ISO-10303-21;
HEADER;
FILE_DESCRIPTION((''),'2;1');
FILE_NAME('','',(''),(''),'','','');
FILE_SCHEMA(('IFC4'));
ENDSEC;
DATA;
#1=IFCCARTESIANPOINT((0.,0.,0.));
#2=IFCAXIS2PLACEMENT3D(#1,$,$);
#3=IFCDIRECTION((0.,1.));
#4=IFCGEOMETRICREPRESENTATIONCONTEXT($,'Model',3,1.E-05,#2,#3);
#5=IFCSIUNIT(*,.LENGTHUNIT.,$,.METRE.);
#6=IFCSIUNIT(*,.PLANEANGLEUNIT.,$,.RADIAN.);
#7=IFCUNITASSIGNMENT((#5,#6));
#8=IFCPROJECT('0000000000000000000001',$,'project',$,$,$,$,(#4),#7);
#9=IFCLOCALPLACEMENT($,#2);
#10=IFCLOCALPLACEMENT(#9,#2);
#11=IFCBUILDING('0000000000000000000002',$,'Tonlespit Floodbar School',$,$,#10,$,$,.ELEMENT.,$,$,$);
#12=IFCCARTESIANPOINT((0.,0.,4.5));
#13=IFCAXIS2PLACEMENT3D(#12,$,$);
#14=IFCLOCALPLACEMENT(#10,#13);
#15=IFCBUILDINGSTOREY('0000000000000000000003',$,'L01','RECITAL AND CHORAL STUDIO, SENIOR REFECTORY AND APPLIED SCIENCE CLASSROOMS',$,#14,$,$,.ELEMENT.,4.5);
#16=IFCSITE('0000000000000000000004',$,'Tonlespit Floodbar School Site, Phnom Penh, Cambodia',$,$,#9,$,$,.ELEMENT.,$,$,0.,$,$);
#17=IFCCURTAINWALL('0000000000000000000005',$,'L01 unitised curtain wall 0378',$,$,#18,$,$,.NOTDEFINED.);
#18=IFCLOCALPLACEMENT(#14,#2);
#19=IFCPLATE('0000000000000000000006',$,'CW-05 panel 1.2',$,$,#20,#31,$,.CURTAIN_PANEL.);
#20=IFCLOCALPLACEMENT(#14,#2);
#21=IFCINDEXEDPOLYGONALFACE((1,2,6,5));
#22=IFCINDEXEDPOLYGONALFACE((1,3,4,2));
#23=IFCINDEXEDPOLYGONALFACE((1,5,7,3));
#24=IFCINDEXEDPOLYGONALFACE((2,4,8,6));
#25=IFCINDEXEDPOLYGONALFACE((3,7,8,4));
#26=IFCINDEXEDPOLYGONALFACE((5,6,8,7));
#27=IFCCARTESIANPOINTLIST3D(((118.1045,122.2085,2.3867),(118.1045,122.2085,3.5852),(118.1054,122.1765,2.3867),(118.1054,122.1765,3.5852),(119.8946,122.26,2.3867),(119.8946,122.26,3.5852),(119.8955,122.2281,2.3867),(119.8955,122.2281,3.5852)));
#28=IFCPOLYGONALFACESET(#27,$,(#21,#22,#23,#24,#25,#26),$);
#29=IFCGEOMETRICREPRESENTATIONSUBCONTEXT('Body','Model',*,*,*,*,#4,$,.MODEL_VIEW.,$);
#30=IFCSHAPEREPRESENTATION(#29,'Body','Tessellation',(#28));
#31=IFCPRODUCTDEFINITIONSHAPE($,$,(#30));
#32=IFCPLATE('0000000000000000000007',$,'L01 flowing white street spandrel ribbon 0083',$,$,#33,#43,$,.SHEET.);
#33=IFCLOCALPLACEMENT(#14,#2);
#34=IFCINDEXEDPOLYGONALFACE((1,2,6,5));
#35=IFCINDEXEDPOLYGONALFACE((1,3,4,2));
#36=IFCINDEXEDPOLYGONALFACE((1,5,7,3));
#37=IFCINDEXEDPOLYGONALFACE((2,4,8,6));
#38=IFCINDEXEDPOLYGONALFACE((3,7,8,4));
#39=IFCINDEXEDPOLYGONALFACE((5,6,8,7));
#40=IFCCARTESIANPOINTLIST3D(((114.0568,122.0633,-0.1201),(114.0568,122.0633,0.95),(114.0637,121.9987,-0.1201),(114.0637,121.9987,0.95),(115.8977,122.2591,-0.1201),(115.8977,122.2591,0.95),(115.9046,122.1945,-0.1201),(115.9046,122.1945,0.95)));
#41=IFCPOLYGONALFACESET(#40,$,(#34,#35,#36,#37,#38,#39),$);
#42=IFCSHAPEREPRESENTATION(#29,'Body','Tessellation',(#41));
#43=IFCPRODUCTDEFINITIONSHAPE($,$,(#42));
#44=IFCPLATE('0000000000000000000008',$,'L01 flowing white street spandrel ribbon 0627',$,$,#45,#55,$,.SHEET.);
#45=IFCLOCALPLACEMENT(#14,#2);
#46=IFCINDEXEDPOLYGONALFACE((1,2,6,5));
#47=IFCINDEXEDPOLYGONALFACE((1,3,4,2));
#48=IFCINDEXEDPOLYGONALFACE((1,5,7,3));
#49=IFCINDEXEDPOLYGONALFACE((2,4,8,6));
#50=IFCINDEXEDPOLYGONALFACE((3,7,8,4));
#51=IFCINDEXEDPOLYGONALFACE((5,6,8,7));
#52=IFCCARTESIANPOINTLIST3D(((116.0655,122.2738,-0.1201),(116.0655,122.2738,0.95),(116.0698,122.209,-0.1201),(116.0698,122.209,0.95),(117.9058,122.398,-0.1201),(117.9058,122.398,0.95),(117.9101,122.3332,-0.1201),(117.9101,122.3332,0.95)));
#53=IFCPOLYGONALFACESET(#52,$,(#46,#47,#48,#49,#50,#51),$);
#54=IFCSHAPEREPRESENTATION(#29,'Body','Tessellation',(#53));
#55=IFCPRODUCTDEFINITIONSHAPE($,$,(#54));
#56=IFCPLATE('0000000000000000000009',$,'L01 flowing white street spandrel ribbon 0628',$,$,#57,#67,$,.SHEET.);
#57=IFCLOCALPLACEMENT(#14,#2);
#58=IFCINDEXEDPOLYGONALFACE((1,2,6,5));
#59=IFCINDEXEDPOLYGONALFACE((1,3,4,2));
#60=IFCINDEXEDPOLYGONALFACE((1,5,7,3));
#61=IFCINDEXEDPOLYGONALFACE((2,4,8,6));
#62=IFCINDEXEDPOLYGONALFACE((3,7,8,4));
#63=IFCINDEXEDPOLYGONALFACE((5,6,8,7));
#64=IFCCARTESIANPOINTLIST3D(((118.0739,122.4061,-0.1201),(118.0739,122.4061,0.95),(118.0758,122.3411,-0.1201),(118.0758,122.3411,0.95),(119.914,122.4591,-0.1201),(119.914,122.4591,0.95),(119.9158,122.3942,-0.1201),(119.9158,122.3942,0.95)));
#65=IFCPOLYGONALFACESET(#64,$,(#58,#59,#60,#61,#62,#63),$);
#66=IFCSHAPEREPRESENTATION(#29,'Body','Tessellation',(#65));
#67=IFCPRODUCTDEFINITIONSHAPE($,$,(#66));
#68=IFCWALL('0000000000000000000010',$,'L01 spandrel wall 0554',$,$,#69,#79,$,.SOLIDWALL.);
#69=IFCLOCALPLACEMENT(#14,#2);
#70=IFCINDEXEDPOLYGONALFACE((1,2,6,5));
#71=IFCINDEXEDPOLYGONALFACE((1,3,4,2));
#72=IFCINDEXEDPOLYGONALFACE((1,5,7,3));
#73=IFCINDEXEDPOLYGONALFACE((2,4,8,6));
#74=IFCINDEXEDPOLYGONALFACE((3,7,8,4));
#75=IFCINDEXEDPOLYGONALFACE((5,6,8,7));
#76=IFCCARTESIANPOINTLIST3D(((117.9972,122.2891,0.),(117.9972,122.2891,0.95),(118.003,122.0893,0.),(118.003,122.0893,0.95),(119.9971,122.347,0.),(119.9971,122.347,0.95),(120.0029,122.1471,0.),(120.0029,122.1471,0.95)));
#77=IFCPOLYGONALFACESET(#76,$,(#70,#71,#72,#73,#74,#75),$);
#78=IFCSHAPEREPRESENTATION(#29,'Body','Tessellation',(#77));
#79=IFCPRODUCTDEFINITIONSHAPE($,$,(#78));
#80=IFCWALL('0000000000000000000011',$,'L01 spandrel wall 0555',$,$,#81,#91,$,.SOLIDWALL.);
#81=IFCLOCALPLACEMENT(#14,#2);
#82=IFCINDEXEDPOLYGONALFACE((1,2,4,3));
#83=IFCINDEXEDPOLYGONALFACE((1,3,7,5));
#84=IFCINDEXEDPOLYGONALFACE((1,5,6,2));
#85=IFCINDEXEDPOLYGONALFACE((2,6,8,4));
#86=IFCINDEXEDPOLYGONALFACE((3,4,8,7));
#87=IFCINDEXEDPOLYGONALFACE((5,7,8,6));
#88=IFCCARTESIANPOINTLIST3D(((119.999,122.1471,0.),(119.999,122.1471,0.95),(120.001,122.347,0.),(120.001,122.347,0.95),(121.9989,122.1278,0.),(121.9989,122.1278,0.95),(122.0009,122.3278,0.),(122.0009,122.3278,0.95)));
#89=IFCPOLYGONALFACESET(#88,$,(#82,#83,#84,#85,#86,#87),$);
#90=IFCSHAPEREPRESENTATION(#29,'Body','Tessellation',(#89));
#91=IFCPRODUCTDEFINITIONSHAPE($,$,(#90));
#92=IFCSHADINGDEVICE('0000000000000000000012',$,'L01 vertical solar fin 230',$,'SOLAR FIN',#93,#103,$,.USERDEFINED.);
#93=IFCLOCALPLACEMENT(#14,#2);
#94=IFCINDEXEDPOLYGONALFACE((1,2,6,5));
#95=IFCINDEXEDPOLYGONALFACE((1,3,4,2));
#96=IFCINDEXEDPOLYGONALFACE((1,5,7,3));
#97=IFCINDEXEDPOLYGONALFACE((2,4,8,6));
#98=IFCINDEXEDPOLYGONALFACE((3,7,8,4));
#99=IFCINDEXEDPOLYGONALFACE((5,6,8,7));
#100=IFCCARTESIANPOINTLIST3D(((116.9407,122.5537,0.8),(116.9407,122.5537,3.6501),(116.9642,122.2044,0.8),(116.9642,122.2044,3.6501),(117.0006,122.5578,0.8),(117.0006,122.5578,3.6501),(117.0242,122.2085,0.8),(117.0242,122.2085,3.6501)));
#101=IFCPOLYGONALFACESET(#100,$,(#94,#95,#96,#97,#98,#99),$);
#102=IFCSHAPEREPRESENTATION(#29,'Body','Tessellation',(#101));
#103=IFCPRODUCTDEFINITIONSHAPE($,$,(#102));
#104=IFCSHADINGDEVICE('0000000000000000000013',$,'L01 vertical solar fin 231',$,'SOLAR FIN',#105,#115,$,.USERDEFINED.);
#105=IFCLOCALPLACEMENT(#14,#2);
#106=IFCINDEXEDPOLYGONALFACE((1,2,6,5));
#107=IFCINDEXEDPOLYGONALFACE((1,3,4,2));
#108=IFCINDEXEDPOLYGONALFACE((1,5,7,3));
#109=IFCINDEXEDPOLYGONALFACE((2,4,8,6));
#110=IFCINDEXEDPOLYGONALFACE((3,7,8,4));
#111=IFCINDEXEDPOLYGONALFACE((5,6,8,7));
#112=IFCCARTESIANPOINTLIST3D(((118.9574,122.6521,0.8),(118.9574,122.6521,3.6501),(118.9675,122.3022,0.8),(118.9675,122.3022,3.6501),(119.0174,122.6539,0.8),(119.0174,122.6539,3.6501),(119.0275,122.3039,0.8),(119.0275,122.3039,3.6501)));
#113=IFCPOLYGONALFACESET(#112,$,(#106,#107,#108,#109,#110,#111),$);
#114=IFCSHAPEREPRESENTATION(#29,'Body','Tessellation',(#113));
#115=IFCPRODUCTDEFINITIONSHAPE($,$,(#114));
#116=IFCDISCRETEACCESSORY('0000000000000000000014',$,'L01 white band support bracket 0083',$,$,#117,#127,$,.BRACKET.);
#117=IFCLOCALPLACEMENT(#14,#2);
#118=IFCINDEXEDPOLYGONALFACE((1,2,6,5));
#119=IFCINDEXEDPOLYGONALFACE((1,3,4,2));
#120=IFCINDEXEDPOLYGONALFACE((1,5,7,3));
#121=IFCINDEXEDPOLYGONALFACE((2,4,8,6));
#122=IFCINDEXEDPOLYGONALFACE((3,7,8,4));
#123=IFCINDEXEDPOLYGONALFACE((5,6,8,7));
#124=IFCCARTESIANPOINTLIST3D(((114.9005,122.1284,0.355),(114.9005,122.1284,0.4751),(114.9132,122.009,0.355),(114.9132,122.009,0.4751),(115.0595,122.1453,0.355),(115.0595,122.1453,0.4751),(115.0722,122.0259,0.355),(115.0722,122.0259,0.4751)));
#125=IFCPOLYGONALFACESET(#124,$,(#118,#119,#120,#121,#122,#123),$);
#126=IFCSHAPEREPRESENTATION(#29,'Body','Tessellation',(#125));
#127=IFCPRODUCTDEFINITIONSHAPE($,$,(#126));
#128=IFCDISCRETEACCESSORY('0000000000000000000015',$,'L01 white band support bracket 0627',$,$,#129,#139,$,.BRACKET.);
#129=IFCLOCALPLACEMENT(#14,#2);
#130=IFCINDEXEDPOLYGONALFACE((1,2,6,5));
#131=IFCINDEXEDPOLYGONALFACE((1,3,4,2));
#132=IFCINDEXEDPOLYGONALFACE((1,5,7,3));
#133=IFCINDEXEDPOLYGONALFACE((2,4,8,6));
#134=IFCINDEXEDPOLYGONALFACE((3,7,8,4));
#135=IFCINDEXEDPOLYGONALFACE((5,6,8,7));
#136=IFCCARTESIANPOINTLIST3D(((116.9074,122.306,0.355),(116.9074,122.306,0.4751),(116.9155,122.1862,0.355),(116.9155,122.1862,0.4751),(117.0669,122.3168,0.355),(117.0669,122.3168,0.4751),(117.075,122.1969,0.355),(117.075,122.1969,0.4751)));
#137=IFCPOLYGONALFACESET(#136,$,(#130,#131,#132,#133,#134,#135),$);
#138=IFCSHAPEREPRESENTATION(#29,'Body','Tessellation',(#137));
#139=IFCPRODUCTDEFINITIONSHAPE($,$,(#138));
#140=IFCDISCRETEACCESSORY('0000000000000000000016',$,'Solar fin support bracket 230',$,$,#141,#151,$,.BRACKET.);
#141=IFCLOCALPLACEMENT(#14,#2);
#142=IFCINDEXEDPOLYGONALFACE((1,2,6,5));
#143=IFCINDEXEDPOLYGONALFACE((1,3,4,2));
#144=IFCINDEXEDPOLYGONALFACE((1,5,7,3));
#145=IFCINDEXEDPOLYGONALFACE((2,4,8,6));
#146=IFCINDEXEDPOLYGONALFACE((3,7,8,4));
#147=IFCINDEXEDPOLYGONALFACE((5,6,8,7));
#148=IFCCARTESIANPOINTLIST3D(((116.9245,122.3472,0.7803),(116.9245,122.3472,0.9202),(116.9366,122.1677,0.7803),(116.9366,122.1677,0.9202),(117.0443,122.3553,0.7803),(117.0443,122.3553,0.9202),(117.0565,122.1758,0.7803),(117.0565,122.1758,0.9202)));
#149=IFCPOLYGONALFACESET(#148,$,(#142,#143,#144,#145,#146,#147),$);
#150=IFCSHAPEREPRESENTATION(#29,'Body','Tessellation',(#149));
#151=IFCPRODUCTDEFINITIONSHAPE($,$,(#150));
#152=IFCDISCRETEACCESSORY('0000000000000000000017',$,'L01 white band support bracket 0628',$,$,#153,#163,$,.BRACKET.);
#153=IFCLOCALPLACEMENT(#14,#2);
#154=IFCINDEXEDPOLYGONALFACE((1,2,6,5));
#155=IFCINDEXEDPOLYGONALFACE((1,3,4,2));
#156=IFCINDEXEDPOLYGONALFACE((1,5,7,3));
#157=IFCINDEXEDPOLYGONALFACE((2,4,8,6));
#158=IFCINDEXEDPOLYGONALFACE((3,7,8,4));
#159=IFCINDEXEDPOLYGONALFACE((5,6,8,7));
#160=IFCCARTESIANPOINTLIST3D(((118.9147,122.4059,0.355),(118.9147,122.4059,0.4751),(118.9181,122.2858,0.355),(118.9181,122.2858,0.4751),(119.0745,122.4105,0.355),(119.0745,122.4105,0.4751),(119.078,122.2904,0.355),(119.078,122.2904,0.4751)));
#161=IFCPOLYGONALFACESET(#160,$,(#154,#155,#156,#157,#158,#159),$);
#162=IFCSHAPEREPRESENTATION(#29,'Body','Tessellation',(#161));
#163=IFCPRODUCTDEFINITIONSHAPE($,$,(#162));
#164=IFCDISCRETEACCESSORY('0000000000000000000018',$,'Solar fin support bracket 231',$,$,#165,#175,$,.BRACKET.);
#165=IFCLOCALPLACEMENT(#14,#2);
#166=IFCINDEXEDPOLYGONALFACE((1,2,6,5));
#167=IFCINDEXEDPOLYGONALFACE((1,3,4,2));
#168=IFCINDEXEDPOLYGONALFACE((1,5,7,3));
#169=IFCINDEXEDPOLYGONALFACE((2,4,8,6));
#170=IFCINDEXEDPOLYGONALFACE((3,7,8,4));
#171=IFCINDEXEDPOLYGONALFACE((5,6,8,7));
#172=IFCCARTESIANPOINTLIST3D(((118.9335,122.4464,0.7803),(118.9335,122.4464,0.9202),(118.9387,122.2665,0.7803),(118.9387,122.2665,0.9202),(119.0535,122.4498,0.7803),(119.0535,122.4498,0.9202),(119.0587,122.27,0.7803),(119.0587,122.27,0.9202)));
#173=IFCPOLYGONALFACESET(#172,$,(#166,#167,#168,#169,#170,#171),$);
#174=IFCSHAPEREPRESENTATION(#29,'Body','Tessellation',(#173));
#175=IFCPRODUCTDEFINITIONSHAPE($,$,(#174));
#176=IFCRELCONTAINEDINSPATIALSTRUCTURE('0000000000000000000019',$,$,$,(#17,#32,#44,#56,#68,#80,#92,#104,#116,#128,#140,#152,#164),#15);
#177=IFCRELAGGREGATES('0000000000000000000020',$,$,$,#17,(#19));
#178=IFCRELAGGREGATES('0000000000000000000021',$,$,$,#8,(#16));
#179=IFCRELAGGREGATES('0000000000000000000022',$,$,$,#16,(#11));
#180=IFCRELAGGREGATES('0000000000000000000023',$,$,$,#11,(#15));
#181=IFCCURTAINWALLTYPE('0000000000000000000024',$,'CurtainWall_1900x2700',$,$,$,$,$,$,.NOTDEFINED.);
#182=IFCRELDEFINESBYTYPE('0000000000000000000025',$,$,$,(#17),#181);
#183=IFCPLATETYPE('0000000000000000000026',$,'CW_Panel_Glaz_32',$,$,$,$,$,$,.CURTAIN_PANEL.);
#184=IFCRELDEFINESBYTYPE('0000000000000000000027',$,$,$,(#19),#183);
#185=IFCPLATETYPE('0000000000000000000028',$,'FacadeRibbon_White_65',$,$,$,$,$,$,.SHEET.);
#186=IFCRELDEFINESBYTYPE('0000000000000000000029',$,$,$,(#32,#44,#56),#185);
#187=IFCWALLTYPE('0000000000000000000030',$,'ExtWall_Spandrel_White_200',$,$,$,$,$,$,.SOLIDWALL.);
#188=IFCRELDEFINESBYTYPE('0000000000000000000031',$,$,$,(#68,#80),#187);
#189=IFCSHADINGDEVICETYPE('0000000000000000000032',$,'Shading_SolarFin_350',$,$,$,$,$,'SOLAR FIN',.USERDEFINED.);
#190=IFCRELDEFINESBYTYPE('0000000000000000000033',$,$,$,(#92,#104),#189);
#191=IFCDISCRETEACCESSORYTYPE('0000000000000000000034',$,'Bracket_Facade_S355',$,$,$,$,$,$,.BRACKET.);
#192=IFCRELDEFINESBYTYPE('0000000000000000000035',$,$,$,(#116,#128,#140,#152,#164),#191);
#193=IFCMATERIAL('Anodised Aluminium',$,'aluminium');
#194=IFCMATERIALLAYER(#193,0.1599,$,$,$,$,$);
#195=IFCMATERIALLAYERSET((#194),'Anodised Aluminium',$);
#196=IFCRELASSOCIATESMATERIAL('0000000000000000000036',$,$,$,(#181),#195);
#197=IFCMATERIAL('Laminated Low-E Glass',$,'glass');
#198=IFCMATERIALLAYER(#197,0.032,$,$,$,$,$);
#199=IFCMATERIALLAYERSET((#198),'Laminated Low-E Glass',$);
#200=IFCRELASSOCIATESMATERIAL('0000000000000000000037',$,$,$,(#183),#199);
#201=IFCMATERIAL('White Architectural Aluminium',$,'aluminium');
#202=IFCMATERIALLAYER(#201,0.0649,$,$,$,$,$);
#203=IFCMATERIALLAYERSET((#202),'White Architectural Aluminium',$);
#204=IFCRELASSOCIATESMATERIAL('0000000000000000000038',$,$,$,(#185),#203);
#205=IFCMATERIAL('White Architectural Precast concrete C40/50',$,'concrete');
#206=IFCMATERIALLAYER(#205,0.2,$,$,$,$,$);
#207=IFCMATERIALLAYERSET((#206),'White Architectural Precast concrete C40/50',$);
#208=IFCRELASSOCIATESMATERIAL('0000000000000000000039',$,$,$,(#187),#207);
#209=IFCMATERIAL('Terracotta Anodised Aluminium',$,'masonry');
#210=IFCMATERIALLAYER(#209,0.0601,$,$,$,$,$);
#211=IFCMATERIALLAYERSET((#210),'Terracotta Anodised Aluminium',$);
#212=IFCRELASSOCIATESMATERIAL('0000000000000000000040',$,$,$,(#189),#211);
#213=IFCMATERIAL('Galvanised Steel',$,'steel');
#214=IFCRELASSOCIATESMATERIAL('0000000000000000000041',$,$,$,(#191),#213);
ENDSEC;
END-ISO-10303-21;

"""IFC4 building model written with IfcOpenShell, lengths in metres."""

from ifc_helpers import new_model, si_unit, direction, frame, frame_2d, origin, origin_2d, place, context, subcontext, project, spatial, rectangle, extrude, material, layer, layer_set, type_object, element, aggregate, save


model = new_model("IFC4")

# Units and contexts
model_context = context("Model", 3, precision=1e-05, world=origin(), true_north=direction((0.0, 1.0)))
body_context = subcontext(model_context, "Body", "Model", "MODEL_VIEW")
ifc_project = project(units=[si_unit("LENGTHUNIT", "METRE"), si_unit("PLANEANGLEUNIT", "RADIAN")], contexts=[model_context])

# Site, building, storey
site_placement = place(None, origin())
site = spatial("IfcSite", under=ifc_project, at=site_placement, Name="Tonlespit Floodbar School Site, Phnom Penh, Cambodia", CompositionType="ELEMENT", RefElevation=0.0)
building_placement = place(site_placement, origin())
building = spatial("IfcBuilding", under=site, at=building_placement, Name="Tonlespit Floodbar School", CompositionType="ELEMENT")
storey_placement = place(building_placement, frame((0.0, 0.0, 4.5)))
storey = spatial("IfcBuildingStorey", under=building, at=storey_placement, Name="L01", Description="RECITAL AND CHORAL STUDIO, SENIOR REFECTORY AND APPLIED SCIENCE CLASSROOMS", CompositionType="ELEMENT", Elevation=4.5)

# Curtain wall
ifc_material_1 = material(Name="Anodised Aluminium", Category="aluminium")
ifc_layer_1 = layer(ifc_material_1, 0.1599)
ifc_layer_set_1 = layer_set([ifc_layer_1], Name="Anodised Aluminium")
curtain_wall_type = type_object("IfcCurtainWallType", Name="CurtainWall_1900x2700", PredefinedType="NOTDEFINED", material=ifc_layer_set_1)
curtain_wall_1_placement = place(storey_placement, origin())
curtain_wall_1 = element("IfcCurtainWall", 1, at=curtain_wall_1_placement, inside=storey, type_object=curtain_wall_type, Name="L01 unitised curtain wall 0378", PredefinedType="NOTDEFINED")

# Plate
ifc_material_2 = material(Name="Laminated Low-E Glass", Category="glass")
ifc_layer_2 = layer(ifc_material_2, 0.032)
ifc_layer_set_2 = layer_set([ifc_layer_2], Name="Laminated Low-E Glass")
plate_type_1 = type_object("IfcPlateType", Name="CW_Panel_Glaz_32", PredefinedType="CURTAIN_PANEL", material=ifc_layer_set_2)
plate_1_placement = place(storey_placement, frame((119.0, 122.2183, 2.3867), z_axis=(0.0, 0.0, 1.0), x_axis=(0.999585, 0.02879, 0.0)))
plate_1 = element("IfcPlate", 2, at=plate_1_placement, type_object=plate_type_1, Name="CW-05 panel 1.2", PredefinedType="CURTAIN_PANEL", context=body_context, shape_type="SweptSolid", body=[
    extrude(rectangle(XDim=1.7908, YDim=0.032, at=origin_2d()), origin(), (0.0, 0.0, 1.0), 1.1985),
])
aggregate(curtain_wall_1, [plate_1])

# Plates
ifc_material_3 = material(Name="White Architectural Aluminium", Category="aluminium")
ifc_layer_3 = layer(ifc_material_3, 0.0649)
ifc_layer_set_3 = layer_set([ifc_layer_3], Name="White Architectural Aluminium")
plate_type_2 = type_object("IfcPlateType", Name="FacadeRibbon_White_65", PredefinedType="SHEET", material=ifc_layer_set_3)
plate_2_placement = place(storey_placement, frame((114.9807, 122.1289, -0.1201), z_axis=(0.0, 0.0, 1.0), x_axis=(0.994392, 0.105754, 0.0)))
element("IfcPlate", 3, at=plate_2_placement, inside=storey, type_object=plate_type_2, Name="L01 flowing white street spandrel ribbon 0083", PredefinedType="SHEET", context=body_context, shape_type="SweptSolid", body=[
    extrude(rectangle(XDim=1.8513, YDim=0.0649, at=origin_2d()), origin(), (0.0, 0.0, 1.0), 1.0701),
])
plate_3_placement = place(storey_placement, frame((116.9878, 122.3035, -0.1201), z_axis=(0.0, 0.0, 1.0), x_axis=(0.99773, 0.067347, 0.0)))
element("IfcPlate", 4, at=plate_3_placement, inside=storey, type_object=plate_type_2, Name="L01 flowing white street spandrel ribbon 0627", PredefinedType="SHEET", context=body_context, shape_type="SweptSolid", body=[
    extrude(rectangle(XDim=1.8445, YDim=0.0649, at=origin_2d()), origin(), (0.0, 0.0, 1.0), 1.0701),
])
plate_4_placement = place(storey_placement, frame((118.9949, 122.4001, -0.1201), z_axis=(0.0, 0.0, 1.0), x_axis=(0.999584, 0.028838, 0.0)))
element("IfcPlate", 5, at=plate_4_placement, inside=storey, type_object=plate_type_2, Name="L01 flowing white street spandrel ribbon 0628", PredefinedType="SHEET", context=body_context, shape_type="SweptSolid", body=[
    extrude(rectangle(XDim=1.8408, YDim=0.0649, at=origin_2d()), origin(), (0.0, 0.0, 1.0), 1.0701),
])

# Walls
ifc_material_4 = material(Name="White Architectural Precast concrete C40/50", Category="concrete")
ifc_layer_4 = layer(ifc_material_4, 0.2)
ifc_layer_set_4 = layer_set([ifc_layer_4], Name="White Architectural Precast concrete C40/50")
wall_type = type_object("IfcWallType", Name="ExtWall_Spandrel_White_200", PredefinedType="SOLIDWALL", material=ifc_layer_set_4)
wall_1_placement = place(storey_placement, frame((118.0, 122.1892, 0.0), z_axis=(0.0, 0.0, 1.0), x_axis=(0.999582, 0.028919, 0.0)))
element("IfcWall", 6, at=wall_1_placement, inside=storey, type_object=wall_type, Name="L01 spandrel wall 0554", PredefinedType="SOLIDWALL", context=body_context, shape_type="SweptSolid", body=[
    extrude(rectangle(XDim=2.0007, YDim=0.2, at=frame_2d((1.0005, 0.0))), origin(), (0.0, 0.0, 1.0), 0.95),
])
wall_2_placement = place(storey_placement, frame((120.0, 122.2471, 0.0), z_axis=(0.0, 0.0, 1.0), x_axis=(0.999954, -0.009643, 0.0)))
element("IfcWall", 7, at=wall_2_placement, inside=storey, type_object=wall_type, Name="L01 spandrel wall 0555", PredefinedType="SOLIDWALL", context=body_context, shape_type="SweptSolid", body=[
    extrude(rectangle(XDim=2.0, YDim=0.2, at=frame_2d((1.0, 0.0))), origin(), (0.0, 0.0, 1.0), 0.95),
])

# Shading devices
ifc_material_5 = material(Name="Terracotta Anodised Aluminium", Category="masonry")
ifc_layer_5 = layer(ifc_material_5, 0.0601)
ifc_layer_set_5 = layer_set([ifc_layer_5], Name="Terracotta Anodised Aluminium")
shading_device_type = type_object("IfcShadingDeviceType", Name="Shading_SolarFin_350", ElementType="SOLAR FIN", PredefinedType="USERDEFINED", material=ifc_layer_set_5)
for number, where, z_axis, x_axis, name in (
    (8, (116.9824, 122.3811, 0.8), (0.0, 0.0, 1.0), (0.99773, 0.067347, 0.0), "L01 vertical solar fin 230"),
    (9, (118.9924, 122.478, 0.8), (0.0, 0.0, 1.0), (0.999584, 0.028838, 0.0), "L01 vertical solar fin 231"),
):
    element("IfcShadingDevice", number, at=place(storey_placement, frame(where, z_axis=z_axis, x_axis=x_axis)), inside=storey, type_object=shading_device_type, Name=name, ObjectType="SOLAR FIN", PredefinedType="USERDEFINED", context=body_context, shape_type="SweptSolid", body=[
        extrude(rectangle(XDim=0.0601, YDim=0.3501, at=origin_2d()), origin(), (0.0, 0.0, 1.0), 2.8501),
    ])

# Discrete accessories
ifc_material_6 = material(Name="Galvanised Steel", Category="steel")
discrete_accessory_type = type_object("IfcDiscreteAccessoryType", Name="Bracket_Facade_S355", PredefinedType="BRACKET", material=ifc_material_6)
for number, where, z_axis, x_axis, name in (
    (10, (114.9863, 122.0771, 0.355), (0.0, 0.0, 1.0), (0.994392, 0.105754, 0.0), "L01 white band support bracket 0083"),
    (11, (116.9912, 122.2515, 0.355), (0.0, 0.0, 1.0), (0.99773, 0.067347, 0.0), "L01 white band support bracket 0627"),
):
    element("IfcDiscreteAccessory", number, at=place(storey_placement, frame(where, z_axis=z_axis, x_axis=x_axis)), inside=storey, type_object=discrete_accessory_type, Name=name, PredefinedType="BRACKET", context=body_context, shape_type="SweptSolid", body=[
        extrude(rectangle(XDim=0.1599, YDim=0.1201, at=origin_2d()), origin(), (0.0, 0.0, 1.0), 0.1201),
    ])
discrete_accessory_1_placement = place(storey_placement, frame((116.9905, 122.2615, 0.7803), z_axis=(0.0, 0.0, 1.0), x_axis=(0.99773, 0.067347, 0.0)))
element("IfcDiscreteAccessory", 12, at=discrete_accessory_1_placement, inside=storey, type_object=discrete_accessory_type, Name="Solar fin support bracket 230", PredefinedType="BRACKET", context=body_context, shape_type="SweptSolid", body=[
    extrude(rectangle(XDim=0.1201, YDim=0.1799, at=origin_2d()), origin(), (0.0, 0.0, 1.0), 0.1399),
])
discrete_accessory_2_placement = place(storey_placement, frame((118.9963, 122.3481, 0.355), z_axis=(0.0, 0.0, 1.0), x_axis=(0.999584, 0.028838, 0.0)))
element("IfcDiscreteAccessory", 13, at=discrete_accessory_2_placement, inside=storey, type_object=discrete_accessory_type, Name="L01 white band support bracket 0628", PredefinedType="BRACKET", context=body_context, shape_type="SweptSolid", body=[
    extrude(rectangle(XDim=0.1599, YDim=0.1201, at=origin_2d()), origin(), (0.0, 0.0, 1.0), 0.1201),
])
discrete_accessory_3_placement = place(storey_placement, frame((118.9961, 122.3582, 0.7803), z_axis=(0.0, 0.0, 1.0), x_axis=(0.999584, 0.028838, 0.0)))
element("IfcDiscreteAccessory", 14, at=discrete_accessory_3_placement, inside=storey, type_object=discrete_accessory_type, Name="Solar fin support bracket 231", PredefinedType="BRACKET", context=body_context, shape_type="SweptSolid", body=[
    extrude(rectangle(XDim=0.1201, YDim=0.1799, at=origin_2d()), origin(), (0.0, 0.0, 1.0), 0.1399),
])

save(model, "model.ifc")
